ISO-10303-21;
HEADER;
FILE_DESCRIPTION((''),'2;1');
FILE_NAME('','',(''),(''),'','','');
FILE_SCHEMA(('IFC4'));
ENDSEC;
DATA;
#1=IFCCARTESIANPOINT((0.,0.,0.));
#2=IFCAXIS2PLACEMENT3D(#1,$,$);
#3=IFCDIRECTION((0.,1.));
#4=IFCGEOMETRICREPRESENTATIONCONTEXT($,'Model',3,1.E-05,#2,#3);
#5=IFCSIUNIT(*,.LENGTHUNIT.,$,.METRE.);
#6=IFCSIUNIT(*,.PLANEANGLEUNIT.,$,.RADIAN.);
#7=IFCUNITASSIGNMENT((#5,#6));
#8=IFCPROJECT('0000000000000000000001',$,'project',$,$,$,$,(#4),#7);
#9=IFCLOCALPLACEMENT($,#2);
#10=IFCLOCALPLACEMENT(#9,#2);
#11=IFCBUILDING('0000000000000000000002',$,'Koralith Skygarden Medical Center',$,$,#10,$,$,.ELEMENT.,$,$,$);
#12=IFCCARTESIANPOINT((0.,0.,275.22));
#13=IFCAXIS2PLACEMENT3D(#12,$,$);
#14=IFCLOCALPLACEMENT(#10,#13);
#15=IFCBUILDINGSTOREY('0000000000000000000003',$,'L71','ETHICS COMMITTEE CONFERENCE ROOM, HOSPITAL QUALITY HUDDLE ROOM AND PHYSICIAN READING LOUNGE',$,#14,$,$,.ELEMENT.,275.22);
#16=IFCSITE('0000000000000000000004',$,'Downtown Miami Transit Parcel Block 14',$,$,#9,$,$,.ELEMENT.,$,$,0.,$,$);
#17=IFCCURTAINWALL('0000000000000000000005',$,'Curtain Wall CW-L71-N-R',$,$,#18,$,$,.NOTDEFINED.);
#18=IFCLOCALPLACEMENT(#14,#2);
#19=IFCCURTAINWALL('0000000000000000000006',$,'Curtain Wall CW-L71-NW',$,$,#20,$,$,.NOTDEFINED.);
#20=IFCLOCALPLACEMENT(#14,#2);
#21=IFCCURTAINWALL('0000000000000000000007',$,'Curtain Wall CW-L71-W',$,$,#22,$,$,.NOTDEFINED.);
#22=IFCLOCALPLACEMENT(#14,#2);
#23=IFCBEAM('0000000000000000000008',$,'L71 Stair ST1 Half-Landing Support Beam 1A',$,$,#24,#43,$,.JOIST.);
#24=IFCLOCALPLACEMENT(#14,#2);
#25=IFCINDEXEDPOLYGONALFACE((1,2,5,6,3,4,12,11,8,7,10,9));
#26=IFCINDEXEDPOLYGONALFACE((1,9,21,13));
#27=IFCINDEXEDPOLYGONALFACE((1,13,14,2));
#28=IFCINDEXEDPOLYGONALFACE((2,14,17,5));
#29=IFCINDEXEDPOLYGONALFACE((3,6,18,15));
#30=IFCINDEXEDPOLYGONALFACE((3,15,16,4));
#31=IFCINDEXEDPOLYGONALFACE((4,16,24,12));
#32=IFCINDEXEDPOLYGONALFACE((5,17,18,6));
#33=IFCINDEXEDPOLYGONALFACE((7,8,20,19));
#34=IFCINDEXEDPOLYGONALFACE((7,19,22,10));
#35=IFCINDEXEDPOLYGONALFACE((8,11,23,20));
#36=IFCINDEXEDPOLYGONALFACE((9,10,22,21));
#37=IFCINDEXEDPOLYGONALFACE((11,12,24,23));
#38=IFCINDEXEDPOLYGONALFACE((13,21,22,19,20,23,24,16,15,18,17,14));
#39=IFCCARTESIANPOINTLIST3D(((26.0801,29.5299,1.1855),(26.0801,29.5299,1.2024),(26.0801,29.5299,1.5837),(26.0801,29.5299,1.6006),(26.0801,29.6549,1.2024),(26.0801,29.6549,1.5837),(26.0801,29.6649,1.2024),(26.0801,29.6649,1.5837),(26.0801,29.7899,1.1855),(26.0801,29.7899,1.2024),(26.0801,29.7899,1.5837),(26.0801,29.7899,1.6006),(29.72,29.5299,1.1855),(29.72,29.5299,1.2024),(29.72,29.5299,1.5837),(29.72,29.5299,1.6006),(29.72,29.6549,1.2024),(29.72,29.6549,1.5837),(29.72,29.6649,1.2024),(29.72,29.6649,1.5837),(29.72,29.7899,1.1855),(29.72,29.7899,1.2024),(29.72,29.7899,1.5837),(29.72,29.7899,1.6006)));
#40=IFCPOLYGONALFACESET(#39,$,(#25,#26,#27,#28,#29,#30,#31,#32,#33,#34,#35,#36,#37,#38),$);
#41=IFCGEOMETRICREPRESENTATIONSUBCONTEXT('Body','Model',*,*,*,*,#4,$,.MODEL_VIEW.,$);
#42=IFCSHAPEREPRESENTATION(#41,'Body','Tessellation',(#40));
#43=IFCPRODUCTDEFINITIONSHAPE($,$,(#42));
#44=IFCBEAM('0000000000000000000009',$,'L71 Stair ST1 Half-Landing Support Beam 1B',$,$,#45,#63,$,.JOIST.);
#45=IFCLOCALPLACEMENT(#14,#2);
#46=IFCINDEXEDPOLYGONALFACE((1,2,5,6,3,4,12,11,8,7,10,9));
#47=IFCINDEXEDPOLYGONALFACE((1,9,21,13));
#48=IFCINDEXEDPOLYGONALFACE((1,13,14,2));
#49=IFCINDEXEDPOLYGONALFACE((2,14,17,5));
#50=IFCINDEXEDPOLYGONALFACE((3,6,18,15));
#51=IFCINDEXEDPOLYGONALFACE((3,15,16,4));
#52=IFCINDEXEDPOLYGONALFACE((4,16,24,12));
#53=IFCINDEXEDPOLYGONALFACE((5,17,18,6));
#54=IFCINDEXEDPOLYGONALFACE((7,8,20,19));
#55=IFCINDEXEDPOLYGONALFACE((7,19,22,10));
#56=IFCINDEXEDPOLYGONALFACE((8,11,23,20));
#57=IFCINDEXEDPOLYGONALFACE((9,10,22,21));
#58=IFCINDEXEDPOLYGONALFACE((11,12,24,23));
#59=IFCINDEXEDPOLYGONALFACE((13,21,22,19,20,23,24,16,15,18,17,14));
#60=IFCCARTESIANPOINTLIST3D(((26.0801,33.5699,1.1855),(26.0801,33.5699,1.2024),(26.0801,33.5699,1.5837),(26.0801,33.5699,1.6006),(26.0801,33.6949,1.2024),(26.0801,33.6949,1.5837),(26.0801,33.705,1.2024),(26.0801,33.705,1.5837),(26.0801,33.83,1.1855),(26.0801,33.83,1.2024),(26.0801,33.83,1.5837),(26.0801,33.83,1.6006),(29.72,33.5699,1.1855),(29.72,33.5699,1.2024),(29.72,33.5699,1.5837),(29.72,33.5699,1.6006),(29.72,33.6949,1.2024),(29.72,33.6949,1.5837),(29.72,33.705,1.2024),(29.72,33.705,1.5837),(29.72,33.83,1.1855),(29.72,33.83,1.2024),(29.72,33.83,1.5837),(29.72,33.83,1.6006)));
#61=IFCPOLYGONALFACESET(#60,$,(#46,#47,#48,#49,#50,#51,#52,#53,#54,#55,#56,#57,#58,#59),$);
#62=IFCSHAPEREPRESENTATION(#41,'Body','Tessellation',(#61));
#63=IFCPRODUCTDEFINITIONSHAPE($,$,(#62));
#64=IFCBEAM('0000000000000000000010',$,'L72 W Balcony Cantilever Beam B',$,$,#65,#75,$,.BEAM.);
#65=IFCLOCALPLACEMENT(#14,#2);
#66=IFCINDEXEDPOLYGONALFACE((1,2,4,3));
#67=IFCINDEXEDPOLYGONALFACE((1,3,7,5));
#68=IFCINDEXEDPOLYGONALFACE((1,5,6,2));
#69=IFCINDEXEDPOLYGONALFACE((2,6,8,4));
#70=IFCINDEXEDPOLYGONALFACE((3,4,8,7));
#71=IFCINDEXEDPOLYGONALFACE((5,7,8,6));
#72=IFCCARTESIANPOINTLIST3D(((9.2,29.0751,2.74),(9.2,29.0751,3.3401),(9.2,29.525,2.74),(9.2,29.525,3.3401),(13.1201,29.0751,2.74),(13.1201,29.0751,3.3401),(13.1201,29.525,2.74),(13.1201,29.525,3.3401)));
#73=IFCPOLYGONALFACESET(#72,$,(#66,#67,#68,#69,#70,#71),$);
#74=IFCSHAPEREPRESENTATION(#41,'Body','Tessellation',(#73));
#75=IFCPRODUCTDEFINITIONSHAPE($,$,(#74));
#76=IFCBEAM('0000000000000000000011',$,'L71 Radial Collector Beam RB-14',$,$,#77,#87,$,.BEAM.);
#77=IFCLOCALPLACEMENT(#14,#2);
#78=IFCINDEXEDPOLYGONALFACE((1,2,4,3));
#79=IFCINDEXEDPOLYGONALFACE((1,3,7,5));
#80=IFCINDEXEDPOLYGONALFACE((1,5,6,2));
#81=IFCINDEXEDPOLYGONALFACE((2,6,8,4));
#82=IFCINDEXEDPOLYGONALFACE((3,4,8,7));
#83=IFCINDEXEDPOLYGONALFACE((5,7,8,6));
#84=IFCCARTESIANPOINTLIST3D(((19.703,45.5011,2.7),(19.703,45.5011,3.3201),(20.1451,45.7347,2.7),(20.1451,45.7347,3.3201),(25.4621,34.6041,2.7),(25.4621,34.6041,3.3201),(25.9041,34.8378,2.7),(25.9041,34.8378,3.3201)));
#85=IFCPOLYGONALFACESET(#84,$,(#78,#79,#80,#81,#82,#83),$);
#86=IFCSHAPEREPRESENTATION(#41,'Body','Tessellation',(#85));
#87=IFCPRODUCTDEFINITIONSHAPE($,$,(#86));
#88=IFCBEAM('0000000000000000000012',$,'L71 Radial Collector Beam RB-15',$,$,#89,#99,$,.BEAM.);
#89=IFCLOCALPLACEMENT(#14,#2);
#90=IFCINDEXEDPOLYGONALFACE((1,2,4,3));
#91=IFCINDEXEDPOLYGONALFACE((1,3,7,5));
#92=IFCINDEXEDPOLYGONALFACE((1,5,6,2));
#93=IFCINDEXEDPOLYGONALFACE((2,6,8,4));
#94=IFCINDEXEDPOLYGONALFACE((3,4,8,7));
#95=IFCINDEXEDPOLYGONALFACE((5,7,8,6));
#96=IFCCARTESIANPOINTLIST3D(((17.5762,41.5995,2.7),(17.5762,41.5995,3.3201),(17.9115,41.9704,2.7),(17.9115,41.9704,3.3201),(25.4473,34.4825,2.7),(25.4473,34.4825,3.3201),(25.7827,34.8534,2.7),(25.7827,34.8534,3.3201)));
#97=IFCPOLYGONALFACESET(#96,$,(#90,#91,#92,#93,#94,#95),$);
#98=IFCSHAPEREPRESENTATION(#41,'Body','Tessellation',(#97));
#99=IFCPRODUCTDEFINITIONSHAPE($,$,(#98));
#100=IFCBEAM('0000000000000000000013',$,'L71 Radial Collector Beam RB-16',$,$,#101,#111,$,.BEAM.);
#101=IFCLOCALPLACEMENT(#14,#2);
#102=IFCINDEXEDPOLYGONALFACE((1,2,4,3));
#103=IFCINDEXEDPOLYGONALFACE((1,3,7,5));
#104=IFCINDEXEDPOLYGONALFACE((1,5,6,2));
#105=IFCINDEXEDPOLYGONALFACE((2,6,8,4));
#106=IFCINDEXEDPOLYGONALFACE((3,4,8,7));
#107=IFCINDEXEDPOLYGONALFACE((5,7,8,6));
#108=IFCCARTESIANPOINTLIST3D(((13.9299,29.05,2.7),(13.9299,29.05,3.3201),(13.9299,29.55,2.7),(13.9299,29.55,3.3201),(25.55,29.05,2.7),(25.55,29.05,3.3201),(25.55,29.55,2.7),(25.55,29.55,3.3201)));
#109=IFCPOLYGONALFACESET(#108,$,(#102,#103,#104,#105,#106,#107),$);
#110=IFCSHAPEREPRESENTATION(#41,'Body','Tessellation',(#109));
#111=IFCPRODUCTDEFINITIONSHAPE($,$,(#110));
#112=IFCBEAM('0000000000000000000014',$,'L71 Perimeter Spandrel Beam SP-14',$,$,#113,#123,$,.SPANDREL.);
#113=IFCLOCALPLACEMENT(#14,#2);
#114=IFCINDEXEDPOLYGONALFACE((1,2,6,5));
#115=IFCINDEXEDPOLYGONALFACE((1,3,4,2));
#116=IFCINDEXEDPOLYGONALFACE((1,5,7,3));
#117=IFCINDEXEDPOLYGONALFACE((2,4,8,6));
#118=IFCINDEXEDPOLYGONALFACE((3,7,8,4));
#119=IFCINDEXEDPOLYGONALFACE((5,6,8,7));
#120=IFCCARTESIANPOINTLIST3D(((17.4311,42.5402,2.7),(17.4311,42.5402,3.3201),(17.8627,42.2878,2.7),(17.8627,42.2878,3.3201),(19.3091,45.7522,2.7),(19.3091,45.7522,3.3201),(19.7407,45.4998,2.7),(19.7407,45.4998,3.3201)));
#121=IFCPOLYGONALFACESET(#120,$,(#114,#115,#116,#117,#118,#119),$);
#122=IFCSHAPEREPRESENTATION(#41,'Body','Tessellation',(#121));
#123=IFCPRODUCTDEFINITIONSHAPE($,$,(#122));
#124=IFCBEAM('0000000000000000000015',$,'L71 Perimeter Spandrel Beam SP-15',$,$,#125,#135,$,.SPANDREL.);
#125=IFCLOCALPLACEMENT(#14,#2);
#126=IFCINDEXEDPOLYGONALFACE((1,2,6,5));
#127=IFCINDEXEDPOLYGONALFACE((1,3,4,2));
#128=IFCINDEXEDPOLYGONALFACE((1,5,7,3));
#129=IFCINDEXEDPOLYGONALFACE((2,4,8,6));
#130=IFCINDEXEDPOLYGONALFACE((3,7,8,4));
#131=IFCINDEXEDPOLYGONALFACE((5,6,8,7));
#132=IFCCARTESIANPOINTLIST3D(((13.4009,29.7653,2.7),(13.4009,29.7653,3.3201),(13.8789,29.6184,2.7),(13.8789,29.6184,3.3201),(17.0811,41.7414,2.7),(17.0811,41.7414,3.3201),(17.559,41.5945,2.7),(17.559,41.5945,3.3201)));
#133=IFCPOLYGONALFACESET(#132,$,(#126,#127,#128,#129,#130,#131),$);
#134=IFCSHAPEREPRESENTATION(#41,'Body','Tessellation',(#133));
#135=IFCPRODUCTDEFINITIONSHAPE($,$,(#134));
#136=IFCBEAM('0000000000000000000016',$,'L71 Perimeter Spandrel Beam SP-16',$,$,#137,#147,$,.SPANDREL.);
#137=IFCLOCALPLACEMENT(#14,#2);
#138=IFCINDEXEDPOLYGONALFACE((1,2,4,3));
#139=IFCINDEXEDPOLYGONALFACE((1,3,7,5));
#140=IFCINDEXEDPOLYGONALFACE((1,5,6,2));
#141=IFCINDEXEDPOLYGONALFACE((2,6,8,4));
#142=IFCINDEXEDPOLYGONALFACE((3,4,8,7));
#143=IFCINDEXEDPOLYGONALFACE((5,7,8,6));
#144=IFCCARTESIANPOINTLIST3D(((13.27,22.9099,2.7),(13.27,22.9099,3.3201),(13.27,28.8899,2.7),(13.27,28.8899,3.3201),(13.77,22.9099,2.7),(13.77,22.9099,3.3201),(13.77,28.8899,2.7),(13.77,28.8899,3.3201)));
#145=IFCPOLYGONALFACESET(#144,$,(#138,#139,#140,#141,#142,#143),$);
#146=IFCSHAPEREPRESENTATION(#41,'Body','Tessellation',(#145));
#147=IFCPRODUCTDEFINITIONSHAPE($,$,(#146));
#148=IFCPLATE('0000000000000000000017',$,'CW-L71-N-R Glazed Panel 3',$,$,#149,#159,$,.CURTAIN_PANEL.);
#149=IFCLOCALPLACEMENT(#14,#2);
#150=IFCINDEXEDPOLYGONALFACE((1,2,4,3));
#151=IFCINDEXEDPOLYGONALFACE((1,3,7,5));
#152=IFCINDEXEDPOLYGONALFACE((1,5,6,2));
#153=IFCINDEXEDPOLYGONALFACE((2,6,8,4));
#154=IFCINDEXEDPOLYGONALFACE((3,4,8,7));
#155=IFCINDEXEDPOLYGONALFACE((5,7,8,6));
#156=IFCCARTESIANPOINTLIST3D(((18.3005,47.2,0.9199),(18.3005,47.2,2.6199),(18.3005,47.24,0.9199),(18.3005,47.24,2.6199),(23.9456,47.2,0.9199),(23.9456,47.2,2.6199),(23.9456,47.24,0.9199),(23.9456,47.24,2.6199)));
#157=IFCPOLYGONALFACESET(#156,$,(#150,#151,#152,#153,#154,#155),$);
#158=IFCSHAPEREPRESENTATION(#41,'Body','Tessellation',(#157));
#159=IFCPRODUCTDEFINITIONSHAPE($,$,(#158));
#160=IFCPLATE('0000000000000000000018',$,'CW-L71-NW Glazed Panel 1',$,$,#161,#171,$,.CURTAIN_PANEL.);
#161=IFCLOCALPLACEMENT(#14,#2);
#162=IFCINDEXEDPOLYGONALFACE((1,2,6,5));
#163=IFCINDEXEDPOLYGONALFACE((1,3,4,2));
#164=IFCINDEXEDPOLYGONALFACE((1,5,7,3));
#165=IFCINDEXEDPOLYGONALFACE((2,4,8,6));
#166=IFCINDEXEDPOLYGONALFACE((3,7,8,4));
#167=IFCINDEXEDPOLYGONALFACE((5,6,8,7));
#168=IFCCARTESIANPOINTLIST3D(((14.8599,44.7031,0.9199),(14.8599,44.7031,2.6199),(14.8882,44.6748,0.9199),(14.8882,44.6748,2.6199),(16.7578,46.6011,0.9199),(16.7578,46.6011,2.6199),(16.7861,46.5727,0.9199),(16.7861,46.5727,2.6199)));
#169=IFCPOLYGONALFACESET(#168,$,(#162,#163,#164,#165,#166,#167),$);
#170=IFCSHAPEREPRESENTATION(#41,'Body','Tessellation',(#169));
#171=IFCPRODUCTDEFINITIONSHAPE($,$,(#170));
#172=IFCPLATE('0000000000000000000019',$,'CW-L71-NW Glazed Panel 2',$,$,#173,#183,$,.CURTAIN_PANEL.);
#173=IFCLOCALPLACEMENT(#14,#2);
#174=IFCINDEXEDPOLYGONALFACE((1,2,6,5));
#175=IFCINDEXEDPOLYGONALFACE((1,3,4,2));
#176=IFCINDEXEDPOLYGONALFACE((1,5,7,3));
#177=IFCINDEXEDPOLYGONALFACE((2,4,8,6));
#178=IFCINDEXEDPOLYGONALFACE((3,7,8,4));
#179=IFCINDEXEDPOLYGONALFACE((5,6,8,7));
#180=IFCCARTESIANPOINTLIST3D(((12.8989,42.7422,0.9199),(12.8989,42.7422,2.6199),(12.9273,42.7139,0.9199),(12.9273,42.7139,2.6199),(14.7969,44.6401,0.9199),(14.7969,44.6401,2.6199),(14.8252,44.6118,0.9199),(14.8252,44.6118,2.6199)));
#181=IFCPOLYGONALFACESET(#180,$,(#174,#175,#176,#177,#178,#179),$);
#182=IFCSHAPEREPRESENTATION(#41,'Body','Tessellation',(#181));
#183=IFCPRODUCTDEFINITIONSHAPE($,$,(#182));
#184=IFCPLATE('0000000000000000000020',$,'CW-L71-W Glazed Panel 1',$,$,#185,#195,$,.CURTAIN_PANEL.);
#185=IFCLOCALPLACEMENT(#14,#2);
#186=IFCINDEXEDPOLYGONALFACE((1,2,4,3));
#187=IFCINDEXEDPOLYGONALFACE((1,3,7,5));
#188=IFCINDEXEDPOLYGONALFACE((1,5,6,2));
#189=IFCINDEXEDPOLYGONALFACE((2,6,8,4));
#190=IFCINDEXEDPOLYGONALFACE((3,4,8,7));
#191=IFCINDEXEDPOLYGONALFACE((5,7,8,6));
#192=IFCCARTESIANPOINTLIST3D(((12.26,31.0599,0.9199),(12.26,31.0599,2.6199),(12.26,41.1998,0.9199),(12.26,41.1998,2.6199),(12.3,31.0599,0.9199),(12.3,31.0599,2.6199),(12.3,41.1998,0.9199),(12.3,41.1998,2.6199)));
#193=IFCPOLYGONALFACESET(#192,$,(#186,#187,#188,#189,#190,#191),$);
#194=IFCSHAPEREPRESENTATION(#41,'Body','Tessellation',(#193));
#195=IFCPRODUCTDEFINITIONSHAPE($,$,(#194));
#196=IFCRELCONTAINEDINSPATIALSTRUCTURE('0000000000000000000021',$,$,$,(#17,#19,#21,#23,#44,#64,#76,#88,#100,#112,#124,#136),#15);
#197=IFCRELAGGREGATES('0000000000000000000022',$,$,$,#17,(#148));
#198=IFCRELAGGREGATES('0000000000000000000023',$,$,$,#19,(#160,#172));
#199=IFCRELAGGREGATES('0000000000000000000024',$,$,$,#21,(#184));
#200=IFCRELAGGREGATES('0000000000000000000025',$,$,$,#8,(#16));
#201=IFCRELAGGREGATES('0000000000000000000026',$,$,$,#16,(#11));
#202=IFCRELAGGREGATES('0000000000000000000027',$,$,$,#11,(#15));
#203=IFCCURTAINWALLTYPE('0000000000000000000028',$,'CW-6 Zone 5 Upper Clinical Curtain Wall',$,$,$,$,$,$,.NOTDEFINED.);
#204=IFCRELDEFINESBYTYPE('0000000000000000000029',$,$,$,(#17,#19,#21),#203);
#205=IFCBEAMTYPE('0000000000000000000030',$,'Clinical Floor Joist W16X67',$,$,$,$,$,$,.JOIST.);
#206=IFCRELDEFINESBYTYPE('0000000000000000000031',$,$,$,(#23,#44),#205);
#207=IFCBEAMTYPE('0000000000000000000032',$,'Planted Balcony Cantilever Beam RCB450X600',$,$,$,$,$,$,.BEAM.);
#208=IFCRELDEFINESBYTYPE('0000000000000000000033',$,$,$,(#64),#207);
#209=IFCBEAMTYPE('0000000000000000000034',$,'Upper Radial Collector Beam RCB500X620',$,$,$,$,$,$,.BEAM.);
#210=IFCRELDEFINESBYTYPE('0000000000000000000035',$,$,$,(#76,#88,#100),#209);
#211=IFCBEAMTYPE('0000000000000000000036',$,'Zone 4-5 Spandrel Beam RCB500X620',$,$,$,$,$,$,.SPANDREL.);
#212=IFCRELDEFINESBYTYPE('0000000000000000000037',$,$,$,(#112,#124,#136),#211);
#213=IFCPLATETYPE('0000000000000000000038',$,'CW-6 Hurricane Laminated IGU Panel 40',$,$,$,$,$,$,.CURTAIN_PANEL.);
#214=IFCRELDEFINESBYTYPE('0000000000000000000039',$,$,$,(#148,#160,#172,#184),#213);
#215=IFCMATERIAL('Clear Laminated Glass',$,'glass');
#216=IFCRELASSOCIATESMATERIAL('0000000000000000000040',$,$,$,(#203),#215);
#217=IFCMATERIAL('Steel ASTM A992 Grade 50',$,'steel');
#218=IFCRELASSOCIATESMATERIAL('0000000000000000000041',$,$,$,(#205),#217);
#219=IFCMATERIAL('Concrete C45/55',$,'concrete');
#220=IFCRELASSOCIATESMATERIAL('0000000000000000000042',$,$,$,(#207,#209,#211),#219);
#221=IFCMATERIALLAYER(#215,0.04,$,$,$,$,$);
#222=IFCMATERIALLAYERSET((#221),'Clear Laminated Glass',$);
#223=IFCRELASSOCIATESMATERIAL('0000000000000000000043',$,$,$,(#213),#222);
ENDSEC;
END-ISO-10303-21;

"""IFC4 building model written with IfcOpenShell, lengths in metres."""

from ifc_helpers import new_model, si_unit, direction, frame, origin, origin_2d, place, context, subcontext, project, spatial, rectangle, i_section, extrude, material, layer, layer_set, material_profile, profile_set, type_object, element, aggregate, save


model = new_model("IFC4")

# Units and contexts
model_context = context("Model", 3, precision=1e-05, world=origin(), true_north=direction((0.0, 1.0)))
body_context = subcontext(model_context, "Body", "Model", "MODEL_VIEW")
ifc_project = project(units=[si_unit("LENGTHUNIT", "METRE"), si_unit("PLANEANGLEUNIT", "RADIAN")], contexts=[model_context])

# Site, building, storey
site_placement = place(None, origin())
site = spatial("IfcSite", under=ifc_project, at=site_placement, Name="Downtown Miami Transit Parcel Block 14", CompositionType="ELEMENT", RefElevation=0.0)
building_placement = place(site_placement, origin())
building = spatial("IfcBuilding", under=site, at=building_placement, Name="Koralith Skygarden Medical Center", CompositionType="ELEMENT")
storey_placement = place(building_placement, frame((0.0, 0.0, 275.22)))
storey = spatial("IfcBuildingStorey", under=building, at=storey_placement, Name="L71", Description="ETHICS COMMITTEE CONFERENCE ROOM, HOSPITAL QUALITY HUDDLE ROOM AND PHYSICIAN READING LOUNGE", CompositionType="ELEMENT", Elevation=275.22)

# Curtain walls
ifc_material_1 = material(Name="Clear Laminated Glass", Category="glass")
curtain_wall_type = type_object("IfcCurtainWallType", Name="CW-6 Zone 5 Upper Clinical Curtain Wall", PredefinedType="NOTDEFINED", material=ifc_material_1)
curtain_wall_1_placement = place(storey_placement, origin())
curtain_wall_1 = element("IfcCurtainWall", 1, at=curtain_wall_1_placement, inside=storey, type_object=curtain_wall_type, Name="Curtain Wall CW-L71-N-R", PredefinedType="NOTDEFINED")
curtain_wall_2_placement = place(storey_placement, origin())
curtain_wall_2 = element("IfcCurtainWall", 2, at=curtain_wall_2_placement, inside=storey, type_object=curtain_wall_type, Name="Curtain Wall CW-L71-NW", PredefinedType="NOTDEFINED")
curtain_wall_3_placement = place(storey_placement, origin())
curtain_wall_3 = element("IfcCurtainWall", 3, at=curtain_wall_3_placement, inside=storey, type_object=curtain_wall_type, Name="Curtain Wall CW-L71-W", PredefinedType="NOTDEFINED")

# Beams
ifc_material_2 = material(Name="Steel ASTM A992 Grade 50", Category="steel")
ifc_material_profile_1 = material_profile(ifc_material_2, i_section(OverallWidth=0.26, OverallDepth=0.415, WebThickness=0.01, FlangeThickness=0.0168, at=origin_2d()), Name="W16X67")
ifc_profile_set_1 = profile_set([ifc_material_profile_1], Name="Steel ASTM A992 Grade 50")
beam_type_1 = type_object("IfcBeamType", Name="Clinical Floor Joist W16X67", PredefinedType="JOIST", material=ifc_profile_set_1)
for number, where, z_axis, x_axis, name in (
    (4, (26.0801, 29.6599, 1.3931), (1.0, 0.0, 0.0), (0.0, 1.0, 0.0), "L71 Stair ST1 Half-Landing Support Beam 1A"),
    (5, (26.0801, 33.7, 1.3931), (1.0, 0.0, 0.0), (0.0, 1.0, 0.0), "L71 Stair ST1 Half-Landing Support Beam 1B"),
):
    element("IfcBeam", number, at=place(storey_placement, frame(where, z_axis=z_axis, x_axis=x_axis)), inside=storey, type_object=beam_type_1, Name=name, PredefinedType="JOIST", context=body_context, shape_type="SweptSolid", body=[
        extrude(i_section(OverallWidth=0.26, OverallDepth=0.415, WebThickness=0.01, FlangeThickness=0.0168, at=origin_2d()), origin(), (0.0, 0.0, 1.0), 3.6399),
    ])
ifc_material_3 = material(Name="Concrete C45/55", Category="concrete")
ifc_material_profile_2 = material_profile(ifc_material_3, rectangle(XDim=0.45, YDim=0.6001, at=origin_2d()), Name="RCB450X600")
ifc_profile_set_2 = profile_set([ifc_material_profile_2], Name="Concrete C45/55")
beam_type_2 = type_object("IfcBeamType", Name="Planted Balcony Cantilever Beam RCB450X600", PredefinedType="BEAM", material=ifc_profile_set_2)
beam_1_placement = place(storey_placement, frame((13.1201, 29.3, 3.04), z_axis=(-1.0, 0.0, 0.0), x_axis=(0.0, -1.0, 0.0)))
element("IfcBeam", 6, at=beam_1_placement, inside=storey, type_object=beam_type_2, Name="L72 W Balcony Cantilever Beam B", PredefinedType="BEAM", context=body_context, shape_type="SweptSolid", body=[
    extrude(rectangle(XDim=0.45, YDim=0.6001, at=origin_2d()), origin(), (0.0, 0.0, 1.0), 3.9202),
])
ifc_material_profile_3 = material_profile(ifc_material_3, rectangle(XDim=0.5, YDim=0.6201, at=origin_2d()), Name="RCB500X620")
ifc_profile_set_3 = profile_set([ifc_material_profile_3], Name="Concrete C45/55")
beam_type_3 = type_object("IfcBeamType", Name="Upper Radial Collector Beam RCB500X620", PredefinedType="BEAM", material=ifc_profile_set_3)
beam_2_placement = place(storey_placement, frame((25.6831, 34.7209, 3.01), z_axis=(-0.467257, 0.884122, 0.0), x_axis=(-0.884122, -0.467257, 0.0)))
element("IfcBeam", 7, at=beam_2_placement, inside=storey, type_object=beam_type_3, Name="L71 Radial Collector Beam RB-14", PredefinedType="BEAM", context=body_context, shape_type="SweptSolid", body=[
    extrude(rectangle(XDim=0.5, YDim=0.6201, at=origin_2d()), origin(), (0.0, 0.0, 1.0), 12.3252),
])
beam_3_placement = place(storey_placement, frame((25.615, 34.668, 3.01), z_axis=(-0.741748, 0.670679, 0.0), x_axis=(-0.670679, -0.741748, 0.0)))
element("IfcBeam", 8, at=beam_3_placement, inside=storey, type_object=beam_type_3, Name="L71 Radial Collector Beam RB-15", PredefinedType="BEAM", context=body_context, shape_type="SweptSolid", body=[
    extrude(rectangle(XDim=0.5, YDim=0.6201, at=origin_2d()), origin(), (0.0, 0.0, 1.0), 10.6116),
])
beam_4_placement = place(storey_placement, frame((25.55, 29.3, 3.01), z_axis=(-1.0, 0.0, 0.0), x_axis=(0.0, -1.0, 0.0)))
element("IfcBeam", 9, at=beam_4_placement, inside=storey, type_object=beam_type_3, Name="L71 Radial Collector Beam RB-16", PredefinedType="BEAM", context=body_context, shape_type="SweptSolid", body=[
    extrude(rectangle(XDim=0.5, YDim=0.6201, at=origin_2d()), origin(), (0.0, 0.0, 1.0), 11.6201),
])
ifc_material_profile_4 = material_profile(ifc_material_3, rectangle(XDim=0.5, YDim=0.6201, at=origin_2d()), Name="RCB500X620")
ifc_profile_set_4 = profile_set([ifc_material_profile_4], Name="Concrete C45/55")
beam_type_4 = type_object("IfcBeamType", Name="Zone 4-5 Spandrel Beam RCB500X620", PredefinedType="SPANDREL", material=ifc_profile_set_4)
beam_5_placement = place(storey_placement, frame((19.5249, 45.626, 3.01), z_axis=(-0.504736, -0.863274, 0.0), x_axis=(0.863274, -0.504736, 0.0)))
element("IfcBeam", 10, at=beam_5_placement, inside=storey, type_object=beam_type_4, Name="L71 Perimeter Spandrel Beam SP-14", PredefinedType="SPANDREL", context=body_context, shape_type="SweptSolid", body=[
    extrude(rectangle(XDim=0.5, YDim=0.6201, at=origin_2d()), origin(), (0.0, 0.0, 1.0), 3.7207),
])
beam_6_placement = place(storey_placement, frame((17.3201, 41.668, 3.01), z_axis=(-0.293738, -0.955886, 0.0), x_axis=(0.955886, -0.293738, 0.0)))
element("IfcBeam", 11, at=beam_6_placement, inside=storey, type_object=beam_type_4, Name="L71 Perimeter Spandrel Beam SP-15", PredefinedType="SPANDREL", context=body_context, shape_type="SweptSolid", body=[
    extrude(rectangle(XDim=0.5, YDim=0.6201, at=origin_2d()), origin(), (0.0, 0.0, 1.0), 12.5288),
])
beam_7_placement = place(storey_placement, frame((13.52, 28.8899, 3.01), z_axis=(0.0, -1.0, 0.0), x_axis=(1.0, 0.0, 0.0)))
element("IfcBeam", 12, at=beam_7_placement, inside=storey, type_object=beam_type_4, Name="L71 Perimeter Spandrel Beam SP-16", PredefinedType="SPANDREL", context=body_context, shape_type="SweptSolid", body=[
    extrude(rectangle(XDim=0.5, YDim=0.6201, at=origin_2d()), origin(), (0.0, 0.0, 1.0), 5.98),
])

# Plates
ifc_layer_1 = layer(ifc_material_1, 0.04)
ifc_layer_set_1 = layer_set([ifc_layer_1], Name="Clear Laminated Glass")
plate_type_1 = type_object("IfcPlateType", Name="CW-6 Hurricane Laminated IGU Panel 40", PredefinedType="CURTAIN_PANEL", material=ifc_layer_set_1)
plate_1_placement = place(storey_placement, frame((21.123, 47.22, 0.9199), z_axis=(0.0, 0.0, 1.0), x_axis=(-1.0, 0.0, 0.0)))
plate_1 = element("IfcPlate", 13, at=plate_1_placement, type_object=plate_type_1, Name="CW-L71-N-R Glazed Panel 3", PredefinedType="CURTAIN_PANEL", context=body_context, shape_type="SweptSolid", body=[
    extrude(rectangle(XDim=5.645, YDim=0.04, at=origin_2d()), origin(), (0.0, 0.0, 1.0), 1.7),
])
aggregate(curtain_wall_1, [plate_1])
plate_2_placement = place(storey_placement, frame((15.823, 45.6379, 0.9199), z_axis=(0.0, 0.0, 1.0), x_axis=(-0.707107, -0.707107, 0.0)))
plate_2 = element("IfcPlate", 14, at=plate_2_placement, type_object=plate_type_1, Name="CW-L71-NW Glazed Panel 1", PredefinedType="CURTAIN_PANEL", context=body_context, shape_type="SweptSolid", body=[
    extrude(rectangle(XDim=2.6841, YDim=0.04, at=origin_2d()), origin(), (0.0, 0.0, 1.0), 1.7),
])
plate_3_placement = place(storey_placement, frame((13.8621, 43.677, 0.9199), z_axis=(0.0, 0.0, 1.0), x_axis=(-0.707107, -0.707107, 0.0)))
plate_3 = element("IfcPlate", 15, at=plate_3_placement, type_object=plate_type_1, Name="CW-L71-NW Glazed Panel 2", PredefinedType="CURTAIN_PANEL", context=body_context, shape_type="SweptSolid", body=[
    extrude(rectangle(XDim=2.6841, YDim=0.04, at=origin_2d()), origin(), (0.0, 0.0, 1.0), 1.7),
])
aggregate(curtain_wall_2, [plate_2, plate_3])
plate_4_placement = place(storey_placement, frame((12.28, 36.1299, 0.9199), z_axis=(0.0, 0.0, 1.0), x_axis=(0.0, -1.0, 0.0)))
plate_4 = element("IfcPlate", 16, at=plate_4_placement, type_object=plate_type_1, Name="CW-L71-W Glazed Panel 1", PredefinedType="CURTAIN_PANEL", context=body_context, shape_type="SweptSolid", body=[
    extrude(rectangle(XDim=10.1399, YDim=0.04, at=origin_2d()), origin(), (0.0, 0.0, 1.0), 1.7),
])
aggregate(curtain_wall_3, [plate_4])

save(model, "model.ifc")
